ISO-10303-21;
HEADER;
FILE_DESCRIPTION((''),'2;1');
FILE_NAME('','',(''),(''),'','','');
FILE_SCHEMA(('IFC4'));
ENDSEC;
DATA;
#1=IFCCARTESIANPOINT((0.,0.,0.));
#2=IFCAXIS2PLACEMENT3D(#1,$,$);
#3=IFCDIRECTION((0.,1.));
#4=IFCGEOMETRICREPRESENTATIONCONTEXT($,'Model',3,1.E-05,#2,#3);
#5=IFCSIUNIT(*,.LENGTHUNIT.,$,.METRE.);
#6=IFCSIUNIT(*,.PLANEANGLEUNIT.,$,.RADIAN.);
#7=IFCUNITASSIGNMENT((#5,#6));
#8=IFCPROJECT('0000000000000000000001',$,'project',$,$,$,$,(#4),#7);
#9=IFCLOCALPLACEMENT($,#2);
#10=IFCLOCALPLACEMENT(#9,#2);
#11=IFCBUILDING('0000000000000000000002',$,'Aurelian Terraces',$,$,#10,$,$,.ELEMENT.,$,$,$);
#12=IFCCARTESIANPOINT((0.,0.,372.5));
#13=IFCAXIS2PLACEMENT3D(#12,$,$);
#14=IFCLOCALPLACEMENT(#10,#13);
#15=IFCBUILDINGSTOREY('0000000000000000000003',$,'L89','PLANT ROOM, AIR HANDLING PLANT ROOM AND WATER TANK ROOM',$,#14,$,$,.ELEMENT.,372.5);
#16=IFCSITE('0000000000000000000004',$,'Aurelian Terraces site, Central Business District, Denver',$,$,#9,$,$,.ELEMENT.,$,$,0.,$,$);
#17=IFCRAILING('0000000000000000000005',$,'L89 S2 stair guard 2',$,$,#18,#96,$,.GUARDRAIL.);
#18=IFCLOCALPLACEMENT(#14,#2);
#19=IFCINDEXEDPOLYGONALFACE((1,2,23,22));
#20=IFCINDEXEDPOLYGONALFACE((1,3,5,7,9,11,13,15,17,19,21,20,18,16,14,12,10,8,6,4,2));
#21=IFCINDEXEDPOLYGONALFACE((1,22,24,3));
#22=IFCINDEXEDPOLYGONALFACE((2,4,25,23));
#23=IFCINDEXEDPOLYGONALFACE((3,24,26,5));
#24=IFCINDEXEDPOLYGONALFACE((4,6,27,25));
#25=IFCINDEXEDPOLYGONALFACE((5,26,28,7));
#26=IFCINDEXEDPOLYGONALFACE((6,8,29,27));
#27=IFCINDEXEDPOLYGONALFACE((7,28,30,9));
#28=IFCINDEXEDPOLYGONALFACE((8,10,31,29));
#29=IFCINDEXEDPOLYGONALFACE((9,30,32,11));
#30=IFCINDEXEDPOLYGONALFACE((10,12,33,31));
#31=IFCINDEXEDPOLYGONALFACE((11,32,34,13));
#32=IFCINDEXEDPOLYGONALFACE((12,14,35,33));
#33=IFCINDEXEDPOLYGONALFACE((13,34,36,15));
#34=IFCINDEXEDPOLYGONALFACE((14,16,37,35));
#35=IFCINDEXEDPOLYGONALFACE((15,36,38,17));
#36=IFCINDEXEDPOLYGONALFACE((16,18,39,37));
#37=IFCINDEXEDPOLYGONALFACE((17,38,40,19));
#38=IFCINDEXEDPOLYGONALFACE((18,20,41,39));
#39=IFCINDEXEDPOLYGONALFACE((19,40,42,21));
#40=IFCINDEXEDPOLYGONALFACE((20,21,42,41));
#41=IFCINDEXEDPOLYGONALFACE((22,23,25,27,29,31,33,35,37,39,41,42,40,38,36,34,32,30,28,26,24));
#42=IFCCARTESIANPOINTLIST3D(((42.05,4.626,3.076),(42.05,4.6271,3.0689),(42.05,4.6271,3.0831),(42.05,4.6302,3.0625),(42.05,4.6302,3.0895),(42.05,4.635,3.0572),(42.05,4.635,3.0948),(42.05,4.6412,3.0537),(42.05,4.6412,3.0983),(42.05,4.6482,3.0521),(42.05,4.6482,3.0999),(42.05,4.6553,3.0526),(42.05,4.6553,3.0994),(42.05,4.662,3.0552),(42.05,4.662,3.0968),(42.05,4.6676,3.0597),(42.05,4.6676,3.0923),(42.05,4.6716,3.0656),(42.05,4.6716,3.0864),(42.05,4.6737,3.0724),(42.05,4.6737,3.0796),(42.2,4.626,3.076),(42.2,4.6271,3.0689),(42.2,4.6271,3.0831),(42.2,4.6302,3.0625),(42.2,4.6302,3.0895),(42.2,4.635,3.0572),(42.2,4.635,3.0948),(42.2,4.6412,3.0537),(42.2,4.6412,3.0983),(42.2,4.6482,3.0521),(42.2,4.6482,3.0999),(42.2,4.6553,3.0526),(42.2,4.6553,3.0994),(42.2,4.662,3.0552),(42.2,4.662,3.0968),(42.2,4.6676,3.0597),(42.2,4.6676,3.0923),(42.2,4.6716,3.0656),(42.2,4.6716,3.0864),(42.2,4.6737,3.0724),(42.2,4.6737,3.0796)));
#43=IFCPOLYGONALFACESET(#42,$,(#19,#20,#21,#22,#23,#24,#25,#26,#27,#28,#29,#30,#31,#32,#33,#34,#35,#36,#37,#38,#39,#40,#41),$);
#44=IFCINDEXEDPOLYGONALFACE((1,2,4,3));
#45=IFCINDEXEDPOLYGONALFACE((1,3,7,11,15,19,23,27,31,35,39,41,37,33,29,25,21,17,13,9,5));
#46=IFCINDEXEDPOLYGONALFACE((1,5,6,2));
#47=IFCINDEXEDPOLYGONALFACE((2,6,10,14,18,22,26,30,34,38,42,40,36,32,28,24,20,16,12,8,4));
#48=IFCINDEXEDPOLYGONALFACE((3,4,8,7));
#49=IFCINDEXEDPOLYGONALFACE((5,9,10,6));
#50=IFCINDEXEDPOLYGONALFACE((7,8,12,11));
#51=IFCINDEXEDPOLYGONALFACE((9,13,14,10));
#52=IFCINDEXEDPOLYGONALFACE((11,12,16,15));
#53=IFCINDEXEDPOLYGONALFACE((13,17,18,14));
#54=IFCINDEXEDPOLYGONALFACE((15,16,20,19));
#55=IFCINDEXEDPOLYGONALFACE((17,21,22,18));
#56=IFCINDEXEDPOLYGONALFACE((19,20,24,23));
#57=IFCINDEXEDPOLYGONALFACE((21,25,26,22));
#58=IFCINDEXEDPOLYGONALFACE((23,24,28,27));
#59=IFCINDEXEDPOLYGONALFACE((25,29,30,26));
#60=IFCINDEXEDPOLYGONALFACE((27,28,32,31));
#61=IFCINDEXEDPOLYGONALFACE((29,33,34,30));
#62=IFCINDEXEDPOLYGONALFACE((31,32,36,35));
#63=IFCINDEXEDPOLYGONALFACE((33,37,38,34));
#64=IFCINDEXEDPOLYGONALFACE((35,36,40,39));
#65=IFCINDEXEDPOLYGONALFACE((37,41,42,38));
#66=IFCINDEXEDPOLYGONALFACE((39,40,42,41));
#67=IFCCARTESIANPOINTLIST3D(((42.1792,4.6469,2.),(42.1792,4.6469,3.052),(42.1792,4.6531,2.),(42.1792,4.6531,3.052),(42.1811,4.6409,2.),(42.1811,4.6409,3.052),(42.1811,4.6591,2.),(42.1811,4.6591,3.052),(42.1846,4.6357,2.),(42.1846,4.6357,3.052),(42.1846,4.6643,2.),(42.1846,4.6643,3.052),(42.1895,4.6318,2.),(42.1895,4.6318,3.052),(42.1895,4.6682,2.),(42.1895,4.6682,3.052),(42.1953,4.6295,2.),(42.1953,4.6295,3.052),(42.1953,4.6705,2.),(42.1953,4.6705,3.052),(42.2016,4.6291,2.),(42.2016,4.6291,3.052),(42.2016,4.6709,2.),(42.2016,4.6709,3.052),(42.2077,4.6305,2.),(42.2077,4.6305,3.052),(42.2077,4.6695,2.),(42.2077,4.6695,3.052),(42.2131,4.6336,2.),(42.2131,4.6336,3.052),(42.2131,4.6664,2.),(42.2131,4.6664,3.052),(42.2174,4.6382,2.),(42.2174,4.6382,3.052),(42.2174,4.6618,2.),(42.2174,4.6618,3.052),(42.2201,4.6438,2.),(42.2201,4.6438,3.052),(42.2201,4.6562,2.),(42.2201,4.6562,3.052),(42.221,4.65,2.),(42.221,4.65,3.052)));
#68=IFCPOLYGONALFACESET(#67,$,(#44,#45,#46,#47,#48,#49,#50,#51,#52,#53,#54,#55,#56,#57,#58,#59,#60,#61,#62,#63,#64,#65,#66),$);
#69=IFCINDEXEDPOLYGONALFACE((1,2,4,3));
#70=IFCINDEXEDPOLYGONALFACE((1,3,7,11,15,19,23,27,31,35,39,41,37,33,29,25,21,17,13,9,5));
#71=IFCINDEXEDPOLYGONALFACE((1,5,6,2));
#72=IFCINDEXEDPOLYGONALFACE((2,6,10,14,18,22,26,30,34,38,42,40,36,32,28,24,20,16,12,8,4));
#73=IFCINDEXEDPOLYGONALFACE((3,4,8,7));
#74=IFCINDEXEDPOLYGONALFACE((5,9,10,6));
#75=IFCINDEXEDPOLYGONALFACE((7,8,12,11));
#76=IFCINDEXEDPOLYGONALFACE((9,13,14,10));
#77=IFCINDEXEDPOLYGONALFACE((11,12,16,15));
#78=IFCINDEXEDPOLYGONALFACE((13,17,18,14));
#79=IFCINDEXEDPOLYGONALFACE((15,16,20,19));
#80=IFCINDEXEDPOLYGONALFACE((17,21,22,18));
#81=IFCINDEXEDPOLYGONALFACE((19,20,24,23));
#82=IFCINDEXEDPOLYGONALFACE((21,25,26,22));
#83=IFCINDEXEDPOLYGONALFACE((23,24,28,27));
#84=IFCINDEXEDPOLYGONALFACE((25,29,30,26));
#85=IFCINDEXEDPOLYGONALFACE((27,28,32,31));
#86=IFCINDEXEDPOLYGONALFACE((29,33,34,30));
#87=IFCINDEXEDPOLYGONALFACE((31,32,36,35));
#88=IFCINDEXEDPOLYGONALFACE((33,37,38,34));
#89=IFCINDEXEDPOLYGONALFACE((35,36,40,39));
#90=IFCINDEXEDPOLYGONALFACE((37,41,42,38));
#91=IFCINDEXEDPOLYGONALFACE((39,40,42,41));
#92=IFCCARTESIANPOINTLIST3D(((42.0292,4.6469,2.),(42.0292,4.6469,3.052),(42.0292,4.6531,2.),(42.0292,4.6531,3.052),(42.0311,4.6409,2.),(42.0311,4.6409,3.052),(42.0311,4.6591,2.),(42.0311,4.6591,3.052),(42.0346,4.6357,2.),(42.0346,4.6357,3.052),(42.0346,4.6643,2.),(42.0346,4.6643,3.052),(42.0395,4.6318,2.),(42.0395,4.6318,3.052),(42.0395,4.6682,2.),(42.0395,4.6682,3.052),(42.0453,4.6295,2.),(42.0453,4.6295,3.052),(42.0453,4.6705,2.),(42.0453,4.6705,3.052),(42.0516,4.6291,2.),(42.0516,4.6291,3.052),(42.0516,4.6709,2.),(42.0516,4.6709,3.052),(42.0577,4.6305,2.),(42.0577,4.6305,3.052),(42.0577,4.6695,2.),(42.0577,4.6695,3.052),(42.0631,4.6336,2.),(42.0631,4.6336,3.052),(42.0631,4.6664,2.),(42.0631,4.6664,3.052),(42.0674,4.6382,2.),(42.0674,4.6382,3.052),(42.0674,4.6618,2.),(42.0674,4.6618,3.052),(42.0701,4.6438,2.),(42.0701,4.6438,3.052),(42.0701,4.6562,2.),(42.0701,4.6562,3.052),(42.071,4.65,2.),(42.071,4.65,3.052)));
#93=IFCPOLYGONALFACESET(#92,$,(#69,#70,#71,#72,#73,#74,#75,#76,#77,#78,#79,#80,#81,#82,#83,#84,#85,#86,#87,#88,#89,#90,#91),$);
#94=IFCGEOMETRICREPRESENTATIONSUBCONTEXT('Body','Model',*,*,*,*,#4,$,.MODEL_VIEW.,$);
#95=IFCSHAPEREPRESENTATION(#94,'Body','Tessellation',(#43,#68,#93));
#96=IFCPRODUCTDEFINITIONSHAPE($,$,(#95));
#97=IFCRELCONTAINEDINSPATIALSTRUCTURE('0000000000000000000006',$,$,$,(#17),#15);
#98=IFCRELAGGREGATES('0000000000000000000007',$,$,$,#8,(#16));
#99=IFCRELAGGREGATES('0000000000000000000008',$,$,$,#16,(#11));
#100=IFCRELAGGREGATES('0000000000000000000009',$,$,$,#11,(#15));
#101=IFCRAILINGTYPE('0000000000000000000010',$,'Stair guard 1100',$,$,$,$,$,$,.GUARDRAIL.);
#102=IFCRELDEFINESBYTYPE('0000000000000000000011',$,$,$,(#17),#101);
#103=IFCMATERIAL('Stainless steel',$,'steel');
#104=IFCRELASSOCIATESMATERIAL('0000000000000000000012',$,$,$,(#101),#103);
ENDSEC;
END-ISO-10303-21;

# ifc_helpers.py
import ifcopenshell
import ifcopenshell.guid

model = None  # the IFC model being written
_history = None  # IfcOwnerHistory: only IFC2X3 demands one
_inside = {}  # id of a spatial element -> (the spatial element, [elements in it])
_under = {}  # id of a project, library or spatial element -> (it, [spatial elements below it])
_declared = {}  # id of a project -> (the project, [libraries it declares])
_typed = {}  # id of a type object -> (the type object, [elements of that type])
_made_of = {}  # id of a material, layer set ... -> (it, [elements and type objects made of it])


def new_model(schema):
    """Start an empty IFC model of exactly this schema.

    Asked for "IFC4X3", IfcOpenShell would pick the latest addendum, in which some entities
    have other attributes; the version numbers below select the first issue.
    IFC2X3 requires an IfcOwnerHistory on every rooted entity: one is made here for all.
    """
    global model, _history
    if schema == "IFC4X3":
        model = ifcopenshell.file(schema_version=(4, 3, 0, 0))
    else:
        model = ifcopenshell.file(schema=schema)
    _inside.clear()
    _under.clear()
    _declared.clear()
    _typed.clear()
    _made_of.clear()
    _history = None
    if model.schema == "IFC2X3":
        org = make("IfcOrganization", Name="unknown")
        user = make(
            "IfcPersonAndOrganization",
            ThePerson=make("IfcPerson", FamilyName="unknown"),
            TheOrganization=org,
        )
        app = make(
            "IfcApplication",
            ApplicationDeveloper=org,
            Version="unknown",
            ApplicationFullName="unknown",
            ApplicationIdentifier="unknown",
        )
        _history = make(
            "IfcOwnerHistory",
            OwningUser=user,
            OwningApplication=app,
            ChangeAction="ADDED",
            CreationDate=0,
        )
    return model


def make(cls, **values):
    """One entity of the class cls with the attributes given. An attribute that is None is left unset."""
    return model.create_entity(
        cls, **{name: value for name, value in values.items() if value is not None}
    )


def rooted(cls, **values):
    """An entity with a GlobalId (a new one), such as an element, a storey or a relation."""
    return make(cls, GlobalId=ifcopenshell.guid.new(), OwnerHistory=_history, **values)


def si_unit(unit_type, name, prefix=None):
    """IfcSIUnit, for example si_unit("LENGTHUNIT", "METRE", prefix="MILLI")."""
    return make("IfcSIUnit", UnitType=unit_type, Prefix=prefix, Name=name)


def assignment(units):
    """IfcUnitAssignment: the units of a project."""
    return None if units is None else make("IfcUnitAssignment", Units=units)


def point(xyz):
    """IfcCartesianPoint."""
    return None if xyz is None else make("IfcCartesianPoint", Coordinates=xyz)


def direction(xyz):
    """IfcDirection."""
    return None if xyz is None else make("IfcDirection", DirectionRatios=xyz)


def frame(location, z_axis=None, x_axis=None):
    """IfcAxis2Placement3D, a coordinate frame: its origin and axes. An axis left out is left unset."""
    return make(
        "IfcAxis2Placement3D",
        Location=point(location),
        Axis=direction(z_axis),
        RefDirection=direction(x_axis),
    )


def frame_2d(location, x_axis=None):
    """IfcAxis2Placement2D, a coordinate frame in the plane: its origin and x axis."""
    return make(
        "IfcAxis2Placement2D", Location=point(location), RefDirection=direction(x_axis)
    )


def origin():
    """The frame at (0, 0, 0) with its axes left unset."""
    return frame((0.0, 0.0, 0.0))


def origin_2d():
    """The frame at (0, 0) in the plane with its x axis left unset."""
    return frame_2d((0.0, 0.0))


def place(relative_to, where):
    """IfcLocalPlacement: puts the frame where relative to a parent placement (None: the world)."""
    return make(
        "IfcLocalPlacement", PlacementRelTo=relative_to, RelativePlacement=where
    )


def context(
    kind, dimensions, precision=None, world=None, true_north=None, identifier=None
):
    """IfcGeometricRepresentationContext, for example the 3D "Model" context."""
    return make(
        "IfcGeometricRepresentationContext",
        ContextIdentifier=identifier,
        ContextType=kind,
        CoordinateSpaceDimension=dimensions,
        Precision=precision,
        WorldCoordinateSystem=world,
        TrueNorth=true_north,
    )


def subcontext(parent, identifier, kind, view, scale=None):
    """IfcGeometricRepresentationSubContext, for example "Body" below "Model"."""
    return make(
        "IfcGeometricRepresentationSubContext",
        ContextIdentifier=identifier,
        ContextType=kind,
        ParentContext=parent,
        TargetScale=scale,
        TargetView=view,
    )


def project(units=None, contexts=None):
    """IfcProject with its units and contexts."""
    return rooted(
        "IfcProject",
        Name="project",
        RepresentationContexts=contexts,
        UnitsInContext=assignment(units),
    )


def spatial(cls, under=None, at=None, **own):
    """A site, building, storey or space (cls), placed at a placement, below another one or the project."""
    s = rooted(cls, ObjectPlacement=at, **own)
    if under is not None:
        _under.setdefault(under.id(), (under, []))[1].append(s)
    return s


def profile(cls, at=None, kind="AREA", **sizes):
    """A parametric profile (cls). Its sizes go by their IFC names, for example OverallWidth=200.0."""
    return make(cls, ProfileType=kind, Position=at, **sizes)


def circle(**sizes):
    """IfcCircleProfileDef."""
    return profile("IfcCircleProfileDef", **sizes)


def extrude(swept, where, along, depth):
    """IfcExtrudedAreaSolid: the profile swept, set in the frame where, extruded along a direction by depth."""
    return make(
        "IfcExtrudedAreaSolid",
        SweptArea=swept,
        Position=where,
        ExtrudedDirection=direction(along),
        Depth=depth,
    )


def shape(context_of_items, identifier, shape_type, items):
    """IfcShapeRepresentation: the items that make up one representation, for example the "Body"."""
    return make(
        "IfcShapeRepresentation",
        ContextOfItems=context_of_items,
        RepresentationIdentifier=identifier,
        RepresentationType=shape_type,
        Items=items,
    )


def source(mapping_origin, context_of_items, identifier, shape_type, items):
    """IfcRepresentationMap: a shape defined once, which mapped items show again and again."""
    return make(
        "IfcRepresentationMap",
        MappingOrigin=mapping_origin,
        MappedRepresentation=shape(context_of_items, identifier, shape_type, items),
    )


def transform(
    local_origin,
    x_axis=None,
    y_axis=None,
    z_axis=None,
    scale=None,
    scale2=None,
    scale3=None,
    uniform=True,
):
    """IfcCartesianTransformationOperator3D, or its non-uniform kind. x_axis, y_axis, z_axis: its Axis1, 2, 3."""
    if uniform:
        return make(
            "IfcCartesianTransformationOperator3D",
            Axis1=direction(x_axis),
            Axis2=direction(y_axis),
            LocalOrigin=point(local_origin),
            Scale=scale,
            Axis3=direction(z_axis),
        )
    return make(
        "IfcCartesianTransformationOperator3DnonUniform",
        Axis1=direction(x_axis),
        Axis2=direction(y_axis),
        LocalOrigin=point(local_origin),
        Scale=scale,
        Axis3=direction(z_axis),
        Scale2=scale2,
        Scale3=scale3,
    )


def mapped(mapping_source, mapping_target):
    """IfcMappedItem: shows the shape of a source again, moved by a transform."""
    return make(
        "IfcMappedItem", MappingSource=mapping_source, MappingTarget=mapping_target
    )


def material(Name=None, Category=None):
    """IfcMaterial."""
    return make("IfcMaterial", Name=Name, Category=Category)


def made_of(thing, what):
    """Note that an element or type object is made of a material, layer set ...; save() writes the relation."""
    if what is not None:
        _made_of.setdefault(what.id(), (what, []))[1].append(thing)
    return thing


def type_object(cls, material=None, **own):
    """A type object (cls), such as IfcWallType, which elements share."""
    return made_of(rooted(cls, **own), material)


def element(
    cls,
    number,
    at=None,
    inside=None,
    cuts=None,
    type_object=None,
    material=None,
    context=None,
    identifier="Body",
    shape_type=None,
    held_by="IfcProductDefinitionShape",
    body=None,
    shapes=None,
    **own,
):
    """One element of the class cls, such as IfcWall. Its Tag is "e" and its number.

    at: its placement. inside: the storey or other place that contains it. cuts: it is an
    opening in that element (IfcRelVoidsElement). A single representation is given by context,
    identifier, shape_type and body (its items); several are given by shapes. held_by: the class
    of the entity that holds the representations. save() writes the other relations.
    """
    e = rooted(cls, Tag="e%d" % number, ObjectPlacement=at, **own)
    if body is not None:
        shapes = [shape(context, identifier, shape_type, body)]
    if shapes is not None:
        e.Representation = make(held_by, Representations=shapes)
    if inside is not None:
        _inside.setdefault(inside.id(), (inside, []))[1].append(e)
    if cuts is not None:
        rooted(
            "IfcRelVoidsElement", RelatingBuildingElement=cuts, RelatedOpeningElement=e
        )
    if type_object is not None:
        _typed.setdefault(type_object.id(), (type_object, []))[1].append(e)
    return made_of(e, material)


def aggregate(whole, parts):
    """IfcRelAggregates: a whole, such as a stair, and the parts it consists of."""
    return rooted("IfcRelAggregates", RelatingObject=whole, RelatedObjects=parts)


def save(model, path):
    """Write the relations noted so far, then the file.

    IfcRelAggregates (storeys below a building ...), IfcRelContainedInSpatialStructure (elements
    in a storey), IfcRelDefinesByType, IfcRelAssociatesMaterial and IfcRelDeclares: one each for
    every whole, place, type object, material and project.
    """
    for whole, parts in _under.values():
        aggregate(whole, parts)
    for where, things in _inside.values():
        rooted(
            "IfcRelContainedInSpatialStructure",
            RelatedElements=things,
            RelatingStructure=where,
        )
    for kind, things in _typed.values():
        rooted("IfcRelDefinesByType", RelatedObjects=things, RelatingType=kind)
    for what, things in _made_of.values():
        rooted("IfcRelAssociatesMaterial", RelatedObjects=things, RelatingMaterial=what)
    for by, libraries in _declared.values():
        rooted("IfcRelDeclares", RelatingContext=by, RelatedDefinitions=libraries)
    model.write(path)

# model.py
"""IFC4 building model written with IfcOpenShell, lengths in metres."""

from ifc_helpers import new_model, si_unit, direction, frame, origin, origin_2d, place, context, subcontext, project, spatial, circle, extrude, source, transform, mapped, material, type_object, element, save


model = new_model("IFC4")

# Units and contexts
model_context = context("Model", 3, precision=1e-05, world=origin(), true_north=direction((0.0, 1.0)))
body_context = subcontext(model_context, "Body", "Model", "MODEL_VIEW")
ifc_project = project(units=[si_unit("LENGTHUNIT", "METRE"), si_unit("PLANEANGLEUNIT", "RADIAN")], contexts=[model_context])

# Site, building, storey
site_placement = place(None, origin())
site = spatial("IfcSite", under=ifc_project, at=site_placement, Name="Aurelian Terraces site, Central Business District, Denver", CompositionType="ELEMENT", RefElevation=0.0)
building_placement = place(site_placement, origin())
building = spatial("IfcBuilding", under=site, at=building_placement, Name="Aurelian Terraces", CompositionType="ELEMENT")
storey_placement = place(building_placement, frame((0.0, 0.0, 372.5)))
storey = spatial("IfcBuildingStorey", under=building, at=storey_placement, Name="L89", Description="PLANT ROOM, AIR HANDLING PLANT ROOM AND WATER TANK ROOM", CompositionType="ELEMENT", Elevation=372.5)

# Shared definitions
ifc_material_1 = material(Name="Stainless steel", Category="steel")

# Railing
railing_type_1 = type_object("IfcRailingType", Name="Stair guard 1100", PredefinedType="GUARDRAIL", material=ifc_material_1)
shared_shape_1 = source(origin(), body_context, "Body", "SweptSolid", [
    extrude(circle(Radius=0.024, at=origin_2d()), frame((0.0, 0.0, 1.076), z_axis=(-1.0, 0.0, 0.0), x_axis=(0.0, -1.0, 0.0)), (0.0, 0.0, 1.0), 0.15),
    extrude(circle(Radius=0.021, at=origin_2d()), origin(), (0.0, 0.0, 1.0), 1.052),
    extrude(circle(Radius=0.021, at=origin_2d()), frame((-0.15, 0.0, 0.0)), (0.0, 0.0, 1.0), 1.052),
])
railing_1_placement = place(storey_placement, frame((42.2, 4.65, 2.0)))
element("IfcRailing", 1, at=railing_1_placement, inside=storey, type_object=railing_type_1, Name="L89 S2 stair guard 2", PredefinedType="GUARDRAIL", context=body_context, shape_type="MappedRepresentation", body=[
    mapped(shared_shape_1, transform((0.0, 0.0, 0.0), scale=1.0)),
])

save(model, "model.ifc")
